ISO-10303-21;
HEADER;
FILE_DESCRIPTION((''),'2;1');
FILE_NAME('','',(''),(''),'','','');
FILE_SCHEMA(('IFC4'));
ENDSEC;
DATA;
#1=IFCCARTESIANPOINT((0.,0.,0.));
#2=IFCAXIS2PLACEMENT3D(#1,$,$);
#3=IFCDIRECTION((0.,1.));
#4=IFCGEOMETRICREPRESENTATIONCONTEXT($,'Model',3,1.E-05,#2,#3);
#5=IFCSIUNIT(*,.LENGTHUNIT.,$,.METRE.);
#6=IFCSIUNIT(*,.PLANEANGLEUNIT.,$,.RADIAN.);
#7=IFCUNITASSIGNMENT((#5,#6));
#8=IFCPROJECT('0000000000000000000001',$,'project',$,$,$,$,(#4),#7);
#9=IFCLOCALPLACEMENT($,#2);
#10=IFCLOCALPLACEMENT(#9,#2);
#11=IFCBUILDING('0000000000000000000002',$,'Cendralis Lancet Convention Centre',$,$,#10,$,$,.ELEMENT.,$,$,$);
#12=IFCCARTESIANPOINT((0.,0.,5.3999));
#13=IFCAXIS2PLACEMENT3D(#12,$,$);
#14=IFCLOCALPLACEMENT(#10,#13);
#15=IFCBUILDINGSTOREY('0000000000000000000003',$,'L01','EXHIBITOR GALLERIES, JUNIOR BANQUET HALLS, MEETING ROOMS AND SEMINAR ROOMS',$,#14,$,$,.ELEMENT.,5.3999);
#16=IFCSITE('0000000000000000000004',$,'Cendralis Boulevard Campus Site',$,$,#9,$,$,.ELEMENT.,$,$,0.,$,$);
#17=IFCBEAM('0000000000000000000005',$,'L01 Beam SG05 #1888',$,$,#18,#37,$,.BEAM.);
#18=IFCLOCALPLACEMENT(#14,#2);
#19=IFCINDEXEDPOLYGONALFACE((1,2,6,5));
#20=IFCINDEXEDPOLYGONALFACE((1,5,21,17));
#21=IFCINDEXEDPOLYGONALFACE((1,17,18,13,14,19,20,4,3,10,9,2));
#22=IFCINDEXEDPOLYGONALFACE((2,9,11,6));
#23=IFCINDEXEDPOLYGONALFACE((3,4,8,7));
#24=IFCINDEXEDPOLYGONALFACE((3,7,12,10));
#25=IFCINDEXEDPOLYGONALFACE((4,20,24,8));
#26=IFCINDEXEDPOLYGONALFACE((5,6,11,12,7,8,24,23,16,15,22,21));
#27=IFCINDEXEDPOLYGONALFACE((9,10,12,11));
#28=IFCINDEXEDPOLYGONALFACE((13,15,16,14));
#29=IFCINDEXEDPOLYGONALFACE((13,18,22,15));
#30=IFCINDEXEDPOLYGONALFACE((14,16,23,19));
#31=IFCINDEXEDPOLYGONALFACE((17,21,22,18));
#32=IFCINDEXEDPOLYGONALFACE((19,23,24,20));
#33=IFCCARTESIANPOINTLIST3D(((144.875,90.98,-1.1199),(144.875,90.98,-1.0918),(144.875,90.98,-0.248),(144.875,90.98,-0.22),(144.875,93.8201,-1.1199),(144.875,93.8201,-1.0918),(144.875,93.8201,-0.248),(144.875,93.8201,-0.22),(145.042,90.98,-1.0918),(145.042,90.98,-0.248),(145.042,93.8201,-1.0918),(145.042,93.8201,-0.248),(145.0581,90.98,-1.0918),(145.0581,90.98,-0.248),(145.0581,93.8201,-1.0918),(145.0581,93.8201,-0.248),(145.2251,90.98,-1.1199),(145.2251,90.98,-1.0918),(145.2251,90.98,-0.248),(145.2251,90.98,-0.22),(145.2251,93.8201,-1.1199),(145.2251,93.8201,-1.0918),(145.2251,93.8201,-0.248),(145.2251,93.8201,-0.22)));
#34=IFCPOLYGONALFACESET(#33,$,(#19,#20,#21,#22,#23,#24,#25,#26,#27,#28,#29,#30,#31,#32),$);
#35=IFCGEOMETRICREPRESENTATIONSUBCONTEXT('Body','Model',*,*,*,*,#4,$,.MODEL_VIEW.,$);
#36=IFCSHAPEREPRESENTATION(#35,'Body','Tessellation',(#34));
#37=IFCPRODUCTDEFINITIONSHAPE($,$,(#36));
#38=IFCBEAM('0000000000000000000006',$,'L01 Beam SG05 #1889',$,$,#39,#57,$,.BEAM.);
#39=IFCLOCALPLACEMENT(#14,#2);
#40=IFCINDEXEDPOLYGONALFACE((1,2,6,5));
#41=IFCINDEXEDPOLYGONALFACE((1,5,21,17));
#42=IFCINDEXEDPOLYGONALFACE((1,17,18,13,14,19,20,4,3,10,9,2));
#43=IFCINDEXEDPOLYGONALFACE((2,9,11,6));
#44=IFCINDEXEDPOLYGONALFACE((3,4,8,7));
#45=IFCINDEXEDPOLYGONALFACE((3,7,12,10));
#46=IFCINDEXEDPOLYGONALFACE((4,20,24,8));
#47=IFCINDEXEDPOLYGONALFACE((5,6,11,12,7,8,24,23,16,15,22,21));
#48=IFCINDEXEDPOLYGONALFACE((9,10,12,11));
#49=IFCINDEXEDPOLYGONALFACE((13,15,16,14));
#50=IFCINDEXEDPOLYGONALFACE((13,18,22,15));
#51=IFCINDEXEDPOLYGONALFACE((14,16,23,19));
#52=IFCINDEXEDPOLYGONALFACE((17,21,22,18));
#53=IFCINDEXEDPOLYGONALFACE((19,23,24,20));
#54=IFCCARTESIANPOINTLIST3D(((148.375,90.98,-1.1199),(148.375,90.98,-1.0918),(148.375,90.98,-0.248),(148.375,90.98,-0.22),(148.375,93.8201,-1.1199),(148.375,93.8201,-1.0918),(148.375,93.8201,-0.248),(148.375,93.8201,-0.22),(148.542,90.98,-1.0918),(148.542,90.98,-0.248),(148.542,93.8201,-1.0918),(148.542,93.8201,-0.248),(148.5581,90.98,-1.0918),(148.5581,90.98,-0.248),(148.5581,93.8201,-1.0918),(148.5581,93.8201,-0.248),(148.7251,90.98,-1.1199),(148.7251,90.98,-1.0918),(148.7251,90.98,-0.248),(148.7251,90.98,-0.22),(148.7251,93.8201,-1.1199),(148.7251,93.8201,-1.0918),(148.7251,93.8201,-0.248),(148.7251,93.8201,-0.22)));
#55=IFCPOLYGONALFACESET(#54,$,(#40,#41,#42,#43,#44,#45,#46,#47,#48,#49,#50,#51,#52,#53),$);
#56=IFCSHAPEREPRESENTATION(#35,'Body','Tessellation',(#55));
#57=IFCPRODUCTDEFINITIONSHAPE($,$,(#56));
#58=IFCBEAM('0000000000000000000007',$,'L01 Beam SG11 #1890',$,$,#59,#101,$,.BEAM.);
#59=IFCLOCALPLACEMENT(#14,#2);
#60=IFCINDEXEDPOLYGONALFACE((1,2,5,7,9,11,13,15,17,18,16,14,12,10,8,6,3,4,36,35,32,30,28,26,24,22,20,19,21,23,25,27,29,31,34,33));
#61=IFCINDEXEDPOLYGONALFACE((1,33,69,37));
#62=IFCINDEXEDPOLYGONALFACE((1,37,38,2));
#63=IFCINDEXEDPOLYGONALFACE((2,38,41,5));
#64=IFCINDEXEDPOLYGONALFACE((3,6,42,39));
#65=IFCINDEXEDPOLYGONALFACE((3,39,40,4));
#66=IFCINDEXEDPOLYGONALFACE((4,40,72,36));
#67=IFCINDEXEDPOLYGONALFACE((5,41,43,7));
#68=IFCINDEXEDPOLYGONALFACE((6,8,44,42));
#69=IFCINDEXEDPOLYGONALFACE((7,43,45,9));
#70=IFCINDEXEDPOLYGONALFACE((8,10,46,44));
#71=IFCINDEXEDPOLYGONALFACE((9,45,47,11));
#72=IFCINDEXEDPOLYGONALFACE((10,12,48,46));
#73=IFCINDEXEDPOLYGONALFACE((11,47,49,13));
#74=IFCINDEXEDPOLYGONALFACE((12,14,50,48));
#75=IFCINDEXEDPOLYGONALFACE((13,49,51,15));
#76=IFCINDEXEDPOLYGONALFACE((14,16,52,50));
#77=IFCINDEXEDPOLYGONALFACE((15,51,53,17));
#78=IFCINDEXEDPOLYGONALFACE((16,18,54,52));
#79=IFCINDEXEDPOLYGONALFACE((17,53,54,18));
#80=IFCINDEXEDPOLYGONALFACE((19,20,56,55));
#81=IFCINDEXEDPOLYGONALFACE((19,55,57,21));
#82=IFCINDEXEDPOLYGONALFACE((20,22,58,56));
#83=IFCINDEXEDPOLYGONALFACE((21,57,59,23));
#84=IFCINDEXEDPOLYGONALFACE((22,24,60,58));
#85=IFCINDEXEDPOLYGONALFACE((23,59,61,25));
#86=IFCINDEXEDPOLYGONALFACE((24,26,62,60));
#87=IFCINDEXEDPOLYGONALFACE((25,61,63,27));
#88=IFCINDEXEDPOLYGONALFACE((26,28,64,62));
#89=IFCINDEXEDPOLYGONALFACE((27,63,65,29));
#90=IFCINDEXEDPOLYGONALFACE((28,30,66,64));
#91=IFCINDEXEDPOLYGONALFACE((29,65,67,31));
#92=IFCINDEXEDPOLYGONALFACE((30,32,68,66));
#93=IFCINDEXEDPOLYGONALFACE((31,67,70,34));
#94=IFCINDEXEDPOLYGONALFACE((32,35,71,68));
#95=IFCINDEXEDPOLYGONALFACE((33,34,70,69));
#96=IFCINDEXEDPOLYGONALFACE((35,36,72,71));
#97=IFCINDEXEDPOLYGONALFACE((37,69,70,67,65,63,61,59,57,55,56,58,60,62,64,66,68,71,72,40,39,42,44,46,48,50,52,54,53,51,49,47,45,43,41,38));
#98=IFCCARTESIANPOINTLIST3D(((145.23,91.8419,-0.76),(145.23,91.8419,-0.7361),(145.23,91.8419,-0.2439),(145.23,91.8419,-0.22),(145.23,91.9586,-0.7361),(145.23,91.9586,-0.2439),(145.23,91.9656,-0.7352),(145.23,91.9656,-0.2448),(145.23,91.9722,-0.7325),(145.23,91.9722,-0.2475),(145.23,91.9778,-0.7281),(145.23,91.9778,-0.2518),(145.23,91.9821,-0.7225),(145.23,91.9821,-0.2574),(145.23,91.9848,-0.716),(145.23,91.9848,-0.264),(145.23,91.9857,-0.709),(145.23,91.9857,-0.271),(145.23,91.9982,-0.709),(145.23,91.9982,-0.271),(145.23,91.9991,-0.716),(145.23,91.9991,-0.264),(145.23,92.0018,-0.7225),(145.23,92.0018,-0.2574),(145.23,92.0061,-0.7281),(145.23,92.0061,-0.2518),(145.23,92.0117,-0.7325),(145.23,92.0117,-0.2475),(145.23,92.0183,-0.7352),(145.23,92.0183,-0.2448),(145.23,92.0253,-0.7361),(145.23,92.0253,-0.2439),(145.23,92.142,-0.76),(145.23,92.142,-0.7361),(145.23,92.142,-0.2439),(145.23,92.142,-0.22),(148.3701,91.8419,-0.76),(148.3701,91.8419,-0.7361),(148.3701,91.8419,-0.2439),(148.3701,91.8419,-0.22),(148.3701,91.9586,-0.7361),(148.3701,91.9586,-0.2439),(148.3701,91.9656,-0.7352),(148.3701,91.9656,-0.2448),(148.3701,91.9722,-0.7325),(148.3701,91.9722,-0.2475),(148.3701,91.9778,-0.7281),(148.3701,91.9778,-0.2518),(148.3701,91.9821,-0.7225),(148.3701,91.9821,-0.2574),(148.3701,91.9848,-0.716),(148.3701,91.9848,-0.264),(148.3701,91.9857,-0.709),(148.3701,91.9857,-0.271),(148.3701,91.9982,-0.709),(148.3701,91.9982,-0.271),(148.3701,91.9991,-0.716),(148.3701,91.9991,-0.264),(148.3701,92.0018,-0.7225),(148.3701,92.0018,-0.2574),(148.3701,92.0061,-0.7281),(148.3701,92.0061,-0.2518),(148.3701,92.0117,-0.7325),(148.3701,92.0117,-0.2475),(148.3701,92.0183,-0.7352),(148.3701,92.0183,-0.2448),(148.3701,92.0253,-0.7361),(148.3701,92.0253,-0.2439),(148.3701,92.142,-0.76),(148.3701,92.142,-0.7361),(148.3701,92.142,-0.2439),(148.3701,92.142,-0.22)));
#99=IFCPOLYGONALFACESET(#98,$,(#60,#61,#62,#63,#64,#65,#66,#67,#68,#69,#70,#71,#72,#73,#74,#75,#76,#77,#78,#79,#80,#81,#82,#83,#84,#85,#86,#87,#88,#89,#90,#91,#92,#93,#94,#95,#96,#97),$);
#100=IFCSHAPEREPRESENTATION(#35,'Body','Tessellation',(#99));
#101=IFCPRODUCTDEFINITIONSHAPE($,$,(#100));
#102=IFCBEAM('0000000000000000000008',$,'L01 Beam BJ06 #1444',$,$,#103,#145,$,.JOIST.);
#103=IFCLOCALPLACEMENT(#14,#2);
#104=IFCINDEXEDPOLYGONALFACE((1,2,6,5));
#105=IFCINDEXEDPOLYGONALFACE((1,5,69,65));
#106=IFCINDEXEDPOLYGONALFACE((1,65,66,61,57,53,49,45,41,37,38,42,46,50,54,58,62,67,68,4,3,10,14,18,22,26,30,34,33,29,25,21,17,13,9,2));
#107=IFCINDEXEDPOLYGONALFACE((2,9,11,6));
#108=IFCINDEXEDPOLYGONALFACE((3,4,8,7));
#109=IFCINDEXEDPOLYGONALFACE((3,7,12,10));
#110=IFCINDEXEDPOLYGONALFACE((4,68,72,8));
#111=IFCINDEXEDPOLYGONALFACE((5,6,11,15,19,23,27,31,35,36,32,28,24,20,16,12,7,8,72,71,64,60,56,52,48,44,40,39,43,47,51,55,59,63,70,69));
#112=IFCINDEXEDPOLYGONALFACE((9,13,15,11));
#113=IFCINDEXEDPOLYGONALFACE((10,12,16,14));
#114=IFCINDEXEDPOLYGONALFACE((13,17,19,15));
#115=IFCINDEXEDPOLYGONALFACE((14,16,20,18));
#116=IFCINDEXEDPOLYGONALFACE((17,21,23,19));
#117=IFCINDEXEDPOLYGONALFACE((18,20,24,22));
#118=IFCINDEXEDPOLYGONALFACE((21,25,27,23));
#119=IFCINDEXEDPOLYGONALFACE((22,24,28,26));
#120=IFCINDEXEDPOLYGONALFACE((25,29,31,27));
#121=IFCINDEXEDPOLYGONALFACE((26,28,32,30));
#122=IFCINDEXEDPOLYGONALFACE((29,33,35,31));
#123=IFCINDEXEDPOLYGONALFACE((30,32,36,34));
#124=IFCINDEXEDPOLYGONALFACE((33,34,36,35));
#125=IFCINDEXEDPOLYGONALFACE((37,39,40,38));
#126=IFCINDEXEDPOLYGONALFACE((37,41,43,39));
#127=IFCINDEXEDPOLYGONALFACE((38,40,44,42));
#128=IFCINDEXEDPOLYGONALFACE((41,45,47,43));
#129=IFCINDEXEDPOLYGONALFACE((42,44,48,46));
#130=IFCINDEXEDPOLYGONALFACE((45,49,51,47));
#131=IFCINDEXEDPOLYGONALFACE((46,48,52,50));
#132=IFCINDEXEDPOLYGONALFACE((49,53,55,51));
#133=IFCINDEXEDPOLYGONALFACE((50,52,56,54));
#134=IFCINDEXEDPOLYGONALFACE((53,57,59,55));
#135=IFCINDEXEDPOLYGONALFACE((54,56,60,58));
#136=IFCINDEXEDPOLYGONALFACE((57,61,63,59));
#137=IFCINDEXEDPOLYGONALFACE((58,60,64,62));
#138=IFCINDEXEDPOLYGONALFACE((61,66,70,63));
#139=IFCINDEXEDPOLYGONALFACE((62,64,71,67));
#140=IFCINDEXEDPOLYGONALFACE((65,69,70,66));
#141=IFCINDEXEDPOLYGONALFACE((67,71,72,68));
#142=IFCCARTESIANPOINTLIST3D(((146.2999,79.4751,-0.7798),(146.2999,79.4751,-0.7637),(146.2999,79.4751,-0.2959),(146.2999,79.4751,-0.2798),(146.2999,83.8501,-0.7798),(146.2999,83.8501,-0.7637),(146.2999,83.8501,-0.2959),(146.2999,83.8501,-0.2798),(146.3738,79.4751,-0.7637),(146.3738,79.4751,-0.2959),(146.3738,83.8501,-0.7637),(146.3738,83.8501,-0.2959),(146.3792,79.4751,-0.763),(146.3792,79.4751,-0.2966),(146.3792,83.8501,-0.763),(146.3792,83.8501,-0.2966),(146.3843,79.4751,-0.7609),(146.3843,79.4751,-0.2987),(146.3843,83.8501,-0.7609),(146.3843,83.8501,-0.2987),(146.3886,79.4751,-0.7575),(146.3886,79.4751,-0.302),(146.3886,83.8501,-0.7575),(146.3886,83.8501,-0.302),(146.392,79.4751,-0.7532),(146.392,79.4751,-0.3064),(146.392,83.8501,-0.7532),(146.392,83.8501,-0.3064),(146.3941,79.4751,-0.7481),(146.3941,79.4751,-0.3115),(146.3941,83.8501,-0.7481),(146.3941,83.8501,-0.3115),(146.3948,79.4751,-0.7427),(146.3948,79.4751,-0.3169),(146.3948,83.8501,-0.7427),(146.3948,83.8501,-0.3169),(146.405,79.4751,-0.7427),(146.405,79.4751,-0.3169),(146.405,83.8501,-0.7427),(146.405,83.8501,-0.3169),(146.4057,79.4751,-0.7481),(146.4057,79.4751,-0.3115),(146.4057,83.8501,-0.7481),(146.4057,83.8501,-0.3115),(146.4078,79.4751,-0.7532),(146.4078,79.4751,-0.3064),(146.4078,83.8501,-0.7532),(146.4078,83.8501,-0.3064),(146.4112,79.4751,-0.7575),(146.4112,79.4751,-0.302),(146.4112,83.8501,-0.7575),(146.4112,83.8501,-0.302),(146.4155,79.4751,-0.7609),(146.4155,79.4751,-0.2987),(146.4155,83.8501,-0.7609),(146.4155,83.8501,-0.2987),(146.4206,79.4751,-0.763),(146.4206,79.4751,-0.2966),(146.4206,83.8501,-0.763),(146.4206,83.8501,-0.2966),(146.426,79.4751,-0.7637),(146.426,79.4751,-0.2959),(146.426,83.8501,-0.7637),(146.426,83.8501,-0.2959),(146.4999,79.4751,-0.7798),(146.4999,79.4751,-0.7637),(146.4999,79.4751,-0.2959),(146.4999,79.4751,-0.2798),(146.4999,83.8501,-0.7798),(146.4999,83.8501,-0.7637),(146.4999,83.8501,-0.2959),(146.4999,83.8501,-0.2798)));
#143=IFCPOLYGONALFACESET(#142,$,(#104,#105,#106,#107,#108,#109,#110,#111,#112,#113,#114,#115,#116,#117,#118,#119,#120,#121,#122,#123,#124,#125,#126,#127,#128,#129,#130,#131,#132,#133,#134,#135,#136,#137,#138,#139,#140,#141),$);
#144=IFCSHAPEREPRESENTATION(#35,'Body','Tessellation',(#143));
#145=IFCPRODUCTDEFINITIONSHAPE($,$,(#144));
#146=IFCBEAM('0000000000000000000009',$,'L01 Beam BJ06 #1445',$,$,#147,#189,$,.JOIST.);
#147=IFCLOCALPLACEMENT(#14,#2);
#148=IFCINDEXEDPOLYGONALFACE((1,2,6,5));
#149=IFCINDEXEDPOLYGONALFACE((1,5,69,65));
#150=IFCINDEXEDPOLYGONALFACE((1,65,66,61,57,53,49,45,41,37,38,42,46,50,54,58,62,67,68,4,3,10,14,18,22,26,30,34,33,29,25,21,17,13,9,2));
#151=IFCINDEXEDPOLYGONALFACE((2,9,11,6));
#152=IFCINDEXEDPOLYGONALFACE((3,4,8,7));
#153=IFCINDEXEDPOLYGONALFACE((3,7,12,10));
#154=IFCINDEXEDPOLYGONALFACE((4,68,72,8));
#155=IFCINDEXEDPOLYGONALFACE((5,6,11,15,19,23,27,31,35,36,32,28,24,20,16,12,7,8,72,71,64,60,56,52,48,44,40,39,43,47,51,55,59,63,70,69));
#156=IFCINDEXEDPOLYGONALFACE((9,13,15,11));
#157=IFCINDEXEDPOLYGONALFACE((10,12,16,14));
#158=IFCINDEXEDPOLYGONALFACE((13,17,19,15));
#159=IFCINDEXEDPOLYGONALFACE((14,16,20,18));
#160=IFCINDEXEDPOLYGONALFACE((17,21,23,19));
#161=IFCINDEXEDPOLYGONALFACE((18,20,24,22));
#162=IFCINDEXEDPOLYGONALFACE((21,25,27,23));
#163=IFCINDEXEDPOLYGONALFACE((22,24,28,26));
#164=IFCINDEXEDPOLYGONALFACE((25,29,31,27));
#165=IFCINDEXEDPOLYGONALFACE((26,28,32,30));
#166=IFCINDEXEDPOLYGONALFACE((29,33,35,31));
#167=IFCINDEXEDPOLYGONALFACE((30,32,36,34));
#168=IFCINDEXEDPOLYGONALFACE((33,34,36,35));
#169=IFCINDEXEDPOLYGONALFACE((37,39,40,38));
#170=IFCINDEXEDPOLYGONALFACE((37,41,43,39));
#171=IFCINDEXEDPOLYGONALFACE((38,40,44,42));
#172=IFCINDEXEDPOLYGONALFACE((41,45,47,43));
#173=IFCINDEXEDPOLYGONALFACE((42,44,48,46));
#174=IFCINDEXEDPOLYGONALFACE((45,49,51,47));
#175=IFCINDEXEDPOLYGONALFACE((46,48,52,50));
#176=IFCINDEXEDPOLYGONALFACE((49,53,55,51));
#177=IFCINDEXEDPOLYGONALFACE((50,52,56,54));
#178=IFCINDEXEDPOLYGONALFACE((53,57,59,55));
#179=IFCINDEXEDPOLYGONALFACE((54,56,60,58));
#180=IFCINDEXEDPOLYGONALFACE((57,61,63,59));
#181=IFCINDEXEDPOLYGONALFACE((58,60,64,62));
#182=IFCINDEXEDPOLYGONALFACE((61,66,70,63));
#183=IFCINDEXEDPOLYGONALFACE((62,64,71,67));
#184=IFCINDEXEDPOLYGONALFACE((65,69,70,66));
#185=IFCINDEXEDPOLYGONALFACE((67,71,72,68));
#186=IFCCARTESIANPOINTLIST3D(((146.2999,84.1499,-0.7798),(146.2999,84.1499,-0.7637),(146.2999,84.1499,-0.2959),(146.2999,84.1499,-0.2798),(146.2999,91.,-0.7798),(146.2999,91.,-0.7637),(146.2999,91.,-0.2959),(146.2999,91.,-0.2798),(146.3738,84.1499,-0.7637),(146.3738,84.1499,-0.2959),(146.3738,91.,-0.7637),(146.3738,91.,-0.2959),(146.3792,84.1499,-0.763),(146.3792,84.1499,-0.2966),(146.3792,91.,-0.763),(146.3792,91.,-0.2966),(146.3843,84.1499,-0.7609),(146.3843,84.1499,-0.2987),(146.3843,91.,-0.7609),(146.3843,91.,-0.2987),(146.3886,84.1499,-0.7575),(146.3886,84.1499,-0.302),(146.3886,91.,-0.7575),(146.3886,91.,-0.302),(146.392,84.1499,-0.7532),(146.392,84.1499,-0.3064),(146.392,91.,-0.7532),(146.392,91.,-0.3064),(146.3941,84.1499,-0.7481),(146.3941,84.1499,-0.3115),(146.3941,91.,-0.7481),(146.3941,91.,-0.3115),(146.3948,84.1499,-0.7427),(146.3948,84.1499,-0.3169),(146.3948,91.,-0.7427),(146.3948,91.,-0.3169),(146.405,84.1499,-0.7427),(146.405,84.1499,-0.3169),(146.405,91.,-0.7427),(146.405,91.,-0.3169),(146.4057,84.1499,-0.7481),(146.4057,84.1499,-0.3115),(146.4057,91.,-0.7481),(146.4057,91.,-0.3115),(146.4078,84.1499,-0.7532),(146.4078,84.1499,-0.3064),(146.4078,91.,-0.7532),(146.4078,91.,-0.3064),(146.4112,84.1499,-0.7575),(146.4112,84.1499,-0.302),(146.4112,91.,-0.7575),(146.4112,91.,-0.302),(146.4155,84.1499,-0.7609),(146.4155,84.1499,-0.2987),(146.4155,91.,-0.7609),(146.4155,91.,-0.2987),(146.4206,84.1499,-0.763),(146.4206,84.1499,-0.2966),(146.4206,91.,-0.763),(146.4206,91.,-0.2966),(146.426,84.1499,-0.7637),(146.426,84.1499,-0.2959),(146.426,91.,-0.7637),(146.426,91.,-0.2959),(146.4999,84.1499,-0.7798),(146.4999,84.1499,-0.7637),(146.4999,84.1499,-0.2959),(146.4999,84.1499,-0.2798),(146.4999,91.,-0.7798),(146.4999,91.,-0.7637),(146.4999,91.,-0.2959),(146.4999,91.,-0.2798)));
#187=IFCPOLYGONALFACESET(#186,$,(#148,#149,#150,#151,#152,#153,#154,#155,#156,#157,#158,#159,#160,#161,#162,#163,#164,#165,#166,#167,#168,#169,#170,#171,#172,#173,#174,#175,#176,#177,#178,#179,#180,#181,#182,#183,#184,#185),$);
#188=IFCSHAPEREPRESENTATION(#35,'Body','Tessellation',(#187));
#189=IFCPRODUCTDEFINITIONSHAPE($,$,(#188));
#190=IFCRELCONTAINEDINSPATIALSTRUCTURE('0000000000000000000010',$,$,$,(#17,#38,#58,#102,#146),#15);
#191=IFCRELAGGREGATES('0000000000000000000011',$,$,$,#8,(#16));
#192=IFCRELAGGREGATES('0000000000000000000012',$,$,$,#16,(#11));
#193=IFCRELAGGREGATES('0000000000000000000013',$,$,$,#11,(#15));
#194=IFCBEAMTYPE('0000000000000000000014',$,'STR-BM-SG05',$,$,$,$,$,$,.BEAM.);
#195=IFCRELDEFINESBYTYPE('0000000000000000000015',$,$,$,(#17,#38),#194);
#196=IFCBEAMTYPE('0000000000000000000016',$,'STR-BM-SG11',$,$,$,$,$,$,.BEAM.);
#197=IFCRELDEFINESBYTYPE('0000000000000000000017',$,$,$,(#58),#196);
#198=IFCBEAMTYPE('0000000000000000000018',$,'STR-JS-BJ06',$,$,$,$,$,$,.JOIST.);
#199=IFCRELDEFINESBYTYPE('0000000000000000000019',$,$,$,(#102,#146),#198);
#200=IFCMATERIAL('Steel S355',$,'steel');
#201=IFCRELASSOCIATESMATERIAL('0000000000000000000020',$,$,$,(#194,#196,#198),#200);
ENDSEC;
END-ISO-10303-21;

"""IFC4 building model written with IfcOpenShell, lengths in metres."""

from ifc_helpers import new_model, si_unit, direction, frame, origin, origin_2d, place, context, subcontext, project, spatial, i_section, extrude, material, material_profile, profile_set, type_object, element, save


model = new_model("IFC4")

# Units and contexts
model_context = context("Model", 3, precision=1e-05, world=origin(), true_north=direction((0.0, 1.0)))
body_context = subcontext(model_context, "Body", "Model", "MODEL_VIEW")
ifc_project = project(units=[si_unit("LENGTHUNIT", "METRE"), si_unit("PLANEANGLEUNIT", "RADIAN")], contexts=[model_context])

# Site, building, storey
site_placement = place(None, origin())
site = spatial("IfcSite", under=ifc_project, at=site_placement, Name="Cendralis Boulevard Campus Site", CompositionType="ELEMENT", RefElevation=0.0)
building_placement = place(site_placement, origin())
building = spatial("IfcBuilding", under=site, at=building_placement, Name="Cendralis Lancet Convention Centre", CompositionType="ELEMENT")
storey_placement = place(building_placement, frame((0.0, 0.0, 5.3999)))
storey = spatial("IfcBuildingStorey", under=building, at=storey_placement, Name="L01", Description="EXHIBITOR GALLERIES, JUNIOR BANQUET HALLS, MEETING ROOMS AND SEMINAR ROOMS", CompositionType="ELEMENT", Elevation=5.3999)

# Beams
ifc_material_1 = material(Name="Steel S355", Category="steel")
ifc_material_profile_1 = material_profile(ifc_material_1, i_section(OverallWidth=0.3501, OverallDepth=0.8999, WebThickness=0.0161, FlangeThickness=0.0281, at=origin_2d()), Name="PG 900x350")
ifc_profile_set_1 = profile_set([ifc_material_profile_1], Name="Steel S355")
beam_type_1 = type_object("IfcBeamType", Name="STR-BM-SG05", PredefinedType="BEAM", material=ifc_profile_set_1)
for number, where, z_axis, x_axis, name in (
    (1, (145.05, 90.98, -0.6699), (0.0, 1.0, 0.0), (-1.0, 0.0, 0.0), "L01 Beam SG05 #1888"),
    (2, (148.55, 90.98, -0.6699), (0.0, 1.0, 0.0), (-1.0, 0.0, 0.0), "L01 Beam SG05 #1889"),
):
    element("IfcBeam", number, at=place(storey_placement, frame(where, z_axis=z_axis, x_axis=x_axis)), inside=storey, type_object=beam_type_1, Name=name, PredefinedType="BEAM", context=body_context, shape_type="SweptSolid", body=[
        extrude(i_section(OverallWidth=0.3501, OverallDepth=0.8999, WebThickness=0.0161, FlangeThickness=0.0281, at=origin_2d()), origin(), (0.0, 0.0, 1.0), 2.8401),
    ])
ifc_material_profile_2 = material_profile(ifc_material_1, i_section(OverallWidth=0.3, OverallDepth=0.54, WebThickness=0.0125, FlangeThickness=0.0239, FilletRadius=0.0271, at=origin_2d()), Name="HEA 550")
ifc_profile_set_2 = profile_set([ifc_material_profile_2], Name="Steel S355")
beam_type_2 = type_object("IfcBeamType", Name="STR-BM-SG11", PredefinedType="BEAM", material=ifc_profile_set_2)
beam_1_placement = place(storey_placement, frame((145.23, 91.9919, -0.49), z_axis=(1.0, 0.0, 0.0), x_axis=(0.0, 1.0, 0.0)))
element("IfcBeam", 3, at=beam_1_placement, inside=storey, type_object=beam_type_2, Name="L01 Beam SG11 #1890", PredefinedType="BEAM", context=body_context, shape_type="SweptSolid", body=[
    extrude(i_section(OverallWidth=0.3, OverallDepth=0.54, WebThickness=0.0125, FlangeThickness=0.0239, FilletRadius=0.0271, at=origin_2d()), origin(), (0.0, 0.0, 1.0), 3.1401),
])
ifc_material_profile_3 = material_profile(ifc_material_1, i_section(OverallWidth=0.2, OverallDepth=0.5, WebThickness=0.0103, FlangeThickness=0.0161, FilletRadius=0.021, at=origin_2d()), Name="IPE 500")
ifc_profile_set_3 = profile_set([ifc_material_profile_3], Name="Steel S355")
beam_type_3 = type_object("IfcBeamType", Name="STR-JS-BJ06", PredefinedType="JOIST", material=ifc_profile_set_3)
beam_2_placement = place(storey_placement, frame((146.3999, 79.4751, -0.5298), z_axis=(0.0, 1.0, 0.0), x_axis=(-1.0, 0.0, 0.0)))
element("IfcBeam", 4, at=beam_2_placement, inside=storey, type_object=beam_type_3, Name="L01 Beam BJ06 #1444", PredefinedType="JOIST", context=body_context, shape_type="SweptSolid", body=[
    extrude(i_section(OverallWidth=0.2, OverallDepth=0.5, WebThickness=0.0103, FlangeThickness=0.0161, FilletRadius=0.021, at=origin_2d()), origin(), (0.0, 0.0, 1.0), 4.375),
])
beam_3_placement = place(storey_placement, frame((146.3999, 84.1499, -0.5298), z_axis=(0.0, 1.0, 0.0), x_axis=(-1.0, 0.0, 0.0)))
element("IfcBeam", 5, at=beam_3_placement, inside=storey, type_object=beam_type_3, Name="L01 Beam BJ06 #1445", PredefinedType="JOIST", context=body_context, shape_type="SweptSolid", body=[
    extrude(i_section(OverallWidth=0.2, OverallDepth=0.5, WebThickness=0.0103, FlangeThickness=0.0161, FilletRadius=0.021, at=origin_2d()), origin(), (0.0, 0.0, 1.0), 6.8501),
])

save(model, "model.ifc")
